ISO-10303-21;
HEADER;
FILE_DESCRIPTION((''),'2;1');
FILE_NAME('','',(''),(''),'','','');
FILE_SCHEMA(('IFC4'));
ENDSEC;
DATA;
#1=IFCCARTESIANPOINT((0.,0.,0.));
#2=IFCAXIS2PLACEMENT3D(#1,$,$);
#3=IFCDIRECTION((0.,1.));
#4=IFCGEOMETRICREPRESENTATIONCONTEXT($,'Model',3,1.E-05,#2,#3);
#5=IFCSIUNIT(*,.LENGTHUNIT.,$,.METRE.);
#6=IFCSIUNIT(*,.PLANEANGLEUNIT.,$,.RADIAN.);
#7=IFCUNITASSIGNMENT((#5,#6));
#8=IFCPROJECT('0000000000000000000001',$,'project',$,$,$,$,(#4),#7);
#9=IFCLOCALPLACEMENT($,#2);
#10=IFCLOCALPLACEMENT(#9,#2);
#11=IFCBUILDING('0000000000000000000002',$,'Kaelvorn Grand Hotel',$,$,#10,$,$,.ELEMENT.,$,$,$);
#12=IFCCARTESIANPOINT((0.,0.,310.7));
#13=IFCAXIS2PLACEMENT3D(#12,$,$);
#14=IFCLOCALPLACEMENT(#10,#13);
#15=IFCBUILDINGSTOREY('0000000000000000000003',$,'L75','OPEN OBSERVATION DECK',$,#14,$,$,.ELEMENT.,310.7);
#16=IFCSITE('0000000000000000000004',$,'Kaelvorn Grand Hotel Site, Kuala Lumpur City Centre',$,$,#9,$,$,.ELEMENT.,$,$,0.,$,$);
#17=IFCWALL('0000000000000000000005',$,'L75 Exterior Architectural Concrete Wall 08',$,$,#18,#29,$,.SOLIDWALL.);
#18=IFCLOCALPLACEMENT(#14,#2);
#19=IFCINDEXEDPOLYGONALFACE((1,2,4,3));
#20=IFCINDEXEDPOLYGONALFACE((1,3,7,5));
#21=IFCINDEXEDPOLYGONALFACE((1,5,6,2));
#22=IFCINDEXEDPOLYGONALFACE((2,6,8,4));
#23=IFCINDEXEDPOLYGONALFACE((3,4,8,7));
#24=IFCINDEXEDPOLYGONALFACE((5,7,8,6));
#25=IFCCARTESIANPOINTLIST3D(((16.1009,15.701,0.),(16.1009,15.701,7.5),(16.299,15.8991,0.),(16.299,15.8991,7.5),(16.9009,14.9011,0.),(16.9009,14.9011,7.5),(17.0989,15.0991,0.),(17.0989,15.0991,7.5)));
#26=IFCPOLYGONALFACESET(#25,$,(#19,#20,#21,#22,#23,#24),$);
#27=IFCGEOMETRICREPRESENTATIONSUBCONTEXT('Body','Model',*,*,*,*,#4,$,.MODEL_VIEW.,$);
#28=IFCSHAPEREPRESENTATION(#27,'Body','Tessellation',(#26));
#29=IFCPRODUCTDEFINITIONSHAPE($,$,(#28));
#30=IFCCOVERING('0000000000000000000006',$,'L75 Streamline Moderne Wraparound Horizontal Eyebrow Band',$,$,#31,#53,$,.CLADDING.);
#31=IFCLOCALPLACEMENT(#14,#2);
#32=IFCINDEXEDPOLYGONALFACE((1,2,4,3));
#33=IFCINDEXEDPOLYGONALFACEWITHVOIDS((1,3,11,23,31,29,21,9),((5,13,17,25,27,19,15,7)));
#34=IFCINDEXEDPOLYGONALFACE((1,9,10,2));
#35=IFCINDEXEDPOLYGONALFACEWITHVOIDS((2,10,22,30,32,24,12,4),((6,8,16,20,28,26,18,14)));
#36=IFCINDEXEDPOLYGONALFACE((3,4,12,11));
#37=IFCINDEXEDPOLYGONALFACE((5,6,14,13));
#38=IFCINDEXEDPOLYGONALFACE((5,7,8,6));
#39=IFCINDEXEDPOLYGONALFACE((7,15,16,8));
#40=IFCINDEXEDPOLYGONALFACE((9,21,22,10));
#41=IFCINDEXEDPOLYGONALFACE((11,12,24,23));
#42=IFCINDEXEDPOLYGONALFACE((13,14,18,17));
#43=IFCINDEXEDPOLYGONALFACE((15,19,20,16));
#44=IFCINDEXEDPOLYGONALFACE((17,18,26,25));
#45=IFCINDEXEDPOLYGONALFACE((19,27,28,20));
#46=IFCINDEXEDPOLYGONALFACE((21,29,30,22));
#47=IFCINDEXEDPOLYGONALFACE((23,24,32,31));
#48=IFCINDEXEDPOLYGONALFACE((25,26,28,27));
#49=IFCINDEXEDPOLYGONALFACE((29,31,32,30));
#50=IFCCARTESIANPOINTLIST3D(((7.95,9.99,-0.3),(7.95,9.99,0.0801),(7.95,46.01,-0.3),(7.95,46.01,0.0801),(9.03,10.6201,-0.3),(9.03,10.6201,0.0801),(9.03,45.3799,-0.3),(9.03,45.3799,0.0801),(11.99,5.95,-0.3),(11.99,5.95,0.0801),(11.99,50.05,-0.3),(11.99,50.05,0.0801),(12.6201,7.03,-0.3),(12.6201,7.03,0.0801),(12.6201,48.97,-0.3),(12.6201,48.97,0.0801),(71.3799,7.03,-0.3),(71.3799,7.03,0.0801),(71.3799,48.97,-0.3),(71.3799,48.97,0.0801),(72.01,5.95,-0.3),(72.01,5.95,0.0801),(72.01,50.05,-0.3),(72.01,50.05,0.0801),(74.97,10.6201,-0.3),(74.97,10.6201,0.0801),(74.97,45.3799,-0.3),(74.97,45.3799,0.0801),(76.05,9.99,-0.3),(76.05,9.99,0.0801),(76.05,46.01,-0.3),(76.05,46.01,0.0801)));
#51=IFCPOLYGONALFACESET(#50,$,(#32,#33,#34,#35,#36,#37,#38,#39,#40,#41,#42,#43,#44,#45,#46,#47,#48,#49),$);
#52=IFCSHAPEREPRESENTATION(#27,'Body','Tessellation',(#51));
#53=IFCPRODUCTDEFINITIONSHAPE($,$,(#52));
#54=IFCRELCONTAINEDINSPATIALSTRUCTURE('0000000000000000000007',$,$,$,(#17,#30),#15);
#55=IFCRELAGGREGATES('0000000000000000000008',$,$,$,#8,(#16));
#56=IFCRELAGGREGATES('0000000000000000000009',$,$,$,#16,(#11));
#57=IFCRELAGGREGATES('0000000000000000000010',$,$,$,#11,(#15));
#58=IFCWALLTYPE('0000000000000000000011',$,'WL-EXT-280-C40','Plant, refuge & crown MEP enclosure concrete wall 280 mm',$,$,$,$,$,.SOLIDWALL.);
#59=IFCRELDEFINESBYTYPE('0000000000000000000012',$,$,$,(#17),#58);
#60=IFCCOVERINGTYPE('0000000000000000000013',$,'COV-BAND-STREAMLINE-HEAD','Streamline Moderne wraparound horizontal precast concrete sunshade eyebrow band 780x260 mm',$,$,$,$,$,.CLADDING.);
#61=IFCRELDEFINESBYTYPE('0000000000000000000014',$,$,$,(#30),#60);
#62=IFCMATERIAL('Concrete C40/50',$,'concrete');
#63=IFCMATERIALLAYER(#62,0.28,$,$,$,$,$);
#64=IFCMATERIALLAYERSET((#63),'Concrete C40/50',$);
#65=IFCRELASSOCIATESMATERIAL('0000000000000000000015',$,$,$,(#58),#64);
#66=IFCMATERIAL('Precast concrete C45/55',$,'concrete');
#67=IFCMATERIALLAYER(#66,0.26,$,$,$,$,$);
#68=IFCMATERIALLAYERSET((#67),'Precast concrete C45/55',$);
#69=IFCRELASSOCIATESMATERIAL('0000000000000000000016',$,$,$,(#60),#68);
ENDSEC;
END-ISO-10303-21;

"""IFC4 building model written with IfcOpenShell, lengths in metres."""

from ifc_helpers import new_model, si_unit, direction, frame, frame_2d, origin, place, context, subcontext, project, spatial, polyline, rectangle, outline, extrude, material, layer, layer_set, type_object, element, save


model = new_model("IFC4")

# Units and contexts
model_context = context("Model", 3, precision=1e-05, world=origin(), true_north=direction((0.0, 1.0)))
body_context = subcontext(model_context, "Body", "Model", "MODEL_VIEW")
ifc_project = project(units=[si_unit("LENGTHUNIT", "METRE"), si_unit("PLANEANGLEUNIT", "RADIAN")], contexts=[model_context])

# Site, building, storey
site_placement = place(None, origin())
site = spatial("IfcSite", under=ifc_project, at=site_placement, Name="Kaelvorn Grand Hotel Site, Kuala Lumpur City Centre", CompositionType="ELEMENT", RefElevation=0.0)
building_placement = place(site_placement, origin())
building = spatial("IfcBuilding", under=site, at=building_placement, Name="Kaelvorn Grand Hotel", CompositionType="ELEMENT")
storey_placement = place(building_placement, frame((0.0, 0.0, 310.7)))
storey = spatial("IfcBuildingStorey", under=building, at=storey_placement, Name="L75", Description="OPEN OBSERVATION DECK", CompositionType="ELEMENT", Elevation=310.7)

# Shared definitions
ifc_material_1 = material(Name="Concrete C40/50", Category="concrete")

# Wall
ifc_layer_1 = layer(ifc_material_1, 0.28)
ifc_layer_set_1 = layer_set([ifc_layer_1], Name="Concrete C40/50")
wall_type = type_object("IfcWallType", Name="WL-EXT-280-C40", Description="Plant, refuge & crown MEP enclosure concrete wall 280 mm", PredefinedType="SOLIDWALL", material=ifc_layer_set_1)
wall_1_placement = place(storey_placement, frame((16.2, 15.8, 0.0), z_axis=(0.0, 0.0, 1.0), x_axis=(0.707107, -0.707107, 0.0)))
element("IfcWall", 1, at=wall_1_placement, inside=storey, type_object=wall_type, Name="L75 Exterior Architectural Concrete Wall 08", PredefinedType="SOLIDWALL", context=body_context, shape_type="SweptSolid", body=[
    extrude(rectangle(XDim=1.1313, YDim=0.28, at=frame_2d((0.5657, 0.0))), origin(), (0.0, 0.0, 1.0), 7.5),
])

# Covering
ifc_material_2 = material(Name="Precast concrete C45/55", Category="concrete")
ifc_layer_2 = layer(ifc_material_2, 0.26)
ifc_layer_set_2 = layer_set([ifc_layer_2], Name="Precast concrete C45/55")
covering_type = type_object("IfcCoveringType", Name="COV-BAND-STREAMLINE-HEAD", Description="Streamline Moderne wraparound horizontal precast concrete sunshade eyebrow band 780x260 mm", PredefinedType="CLADDING", material=ifc_layer_set_2)
covering_placement = place(storey_placement, frame((0.0, 0.0, -0.3)))
element("IfcCovering", 2, at=covering_placement, inside=storey, type_object=covering_type, Name="L75 Streamline Moderne Wraparound Horizontal Eyebrow Band", PredefinedType="CLADDING", context=body_context, shape_type="SweptSolid", body=[
    extrude(outline(polyline([(11.99, 5.95), (72.01, 5.95), (76.05, 9.99), (76.05, 46.01), (72.01, 50.05), (11.99, 50.05), (7.95, 46.01), (7.95, 9.99), (11.99, 5.95)]), holes=[polyline([(12.6201, 7.03), (71.3799, 7.03), (74.97, 10.6201), (74.97, 45.3799), (71.3799, 48.97), (12.6201, 48.97), (9.03, 45.3799), (9.03, 10.6201), (12.6201, 7.03)])]), origin(), (0.0, 0.0, 1.0), 0.3801),
])

save(model, "model.ifc")
